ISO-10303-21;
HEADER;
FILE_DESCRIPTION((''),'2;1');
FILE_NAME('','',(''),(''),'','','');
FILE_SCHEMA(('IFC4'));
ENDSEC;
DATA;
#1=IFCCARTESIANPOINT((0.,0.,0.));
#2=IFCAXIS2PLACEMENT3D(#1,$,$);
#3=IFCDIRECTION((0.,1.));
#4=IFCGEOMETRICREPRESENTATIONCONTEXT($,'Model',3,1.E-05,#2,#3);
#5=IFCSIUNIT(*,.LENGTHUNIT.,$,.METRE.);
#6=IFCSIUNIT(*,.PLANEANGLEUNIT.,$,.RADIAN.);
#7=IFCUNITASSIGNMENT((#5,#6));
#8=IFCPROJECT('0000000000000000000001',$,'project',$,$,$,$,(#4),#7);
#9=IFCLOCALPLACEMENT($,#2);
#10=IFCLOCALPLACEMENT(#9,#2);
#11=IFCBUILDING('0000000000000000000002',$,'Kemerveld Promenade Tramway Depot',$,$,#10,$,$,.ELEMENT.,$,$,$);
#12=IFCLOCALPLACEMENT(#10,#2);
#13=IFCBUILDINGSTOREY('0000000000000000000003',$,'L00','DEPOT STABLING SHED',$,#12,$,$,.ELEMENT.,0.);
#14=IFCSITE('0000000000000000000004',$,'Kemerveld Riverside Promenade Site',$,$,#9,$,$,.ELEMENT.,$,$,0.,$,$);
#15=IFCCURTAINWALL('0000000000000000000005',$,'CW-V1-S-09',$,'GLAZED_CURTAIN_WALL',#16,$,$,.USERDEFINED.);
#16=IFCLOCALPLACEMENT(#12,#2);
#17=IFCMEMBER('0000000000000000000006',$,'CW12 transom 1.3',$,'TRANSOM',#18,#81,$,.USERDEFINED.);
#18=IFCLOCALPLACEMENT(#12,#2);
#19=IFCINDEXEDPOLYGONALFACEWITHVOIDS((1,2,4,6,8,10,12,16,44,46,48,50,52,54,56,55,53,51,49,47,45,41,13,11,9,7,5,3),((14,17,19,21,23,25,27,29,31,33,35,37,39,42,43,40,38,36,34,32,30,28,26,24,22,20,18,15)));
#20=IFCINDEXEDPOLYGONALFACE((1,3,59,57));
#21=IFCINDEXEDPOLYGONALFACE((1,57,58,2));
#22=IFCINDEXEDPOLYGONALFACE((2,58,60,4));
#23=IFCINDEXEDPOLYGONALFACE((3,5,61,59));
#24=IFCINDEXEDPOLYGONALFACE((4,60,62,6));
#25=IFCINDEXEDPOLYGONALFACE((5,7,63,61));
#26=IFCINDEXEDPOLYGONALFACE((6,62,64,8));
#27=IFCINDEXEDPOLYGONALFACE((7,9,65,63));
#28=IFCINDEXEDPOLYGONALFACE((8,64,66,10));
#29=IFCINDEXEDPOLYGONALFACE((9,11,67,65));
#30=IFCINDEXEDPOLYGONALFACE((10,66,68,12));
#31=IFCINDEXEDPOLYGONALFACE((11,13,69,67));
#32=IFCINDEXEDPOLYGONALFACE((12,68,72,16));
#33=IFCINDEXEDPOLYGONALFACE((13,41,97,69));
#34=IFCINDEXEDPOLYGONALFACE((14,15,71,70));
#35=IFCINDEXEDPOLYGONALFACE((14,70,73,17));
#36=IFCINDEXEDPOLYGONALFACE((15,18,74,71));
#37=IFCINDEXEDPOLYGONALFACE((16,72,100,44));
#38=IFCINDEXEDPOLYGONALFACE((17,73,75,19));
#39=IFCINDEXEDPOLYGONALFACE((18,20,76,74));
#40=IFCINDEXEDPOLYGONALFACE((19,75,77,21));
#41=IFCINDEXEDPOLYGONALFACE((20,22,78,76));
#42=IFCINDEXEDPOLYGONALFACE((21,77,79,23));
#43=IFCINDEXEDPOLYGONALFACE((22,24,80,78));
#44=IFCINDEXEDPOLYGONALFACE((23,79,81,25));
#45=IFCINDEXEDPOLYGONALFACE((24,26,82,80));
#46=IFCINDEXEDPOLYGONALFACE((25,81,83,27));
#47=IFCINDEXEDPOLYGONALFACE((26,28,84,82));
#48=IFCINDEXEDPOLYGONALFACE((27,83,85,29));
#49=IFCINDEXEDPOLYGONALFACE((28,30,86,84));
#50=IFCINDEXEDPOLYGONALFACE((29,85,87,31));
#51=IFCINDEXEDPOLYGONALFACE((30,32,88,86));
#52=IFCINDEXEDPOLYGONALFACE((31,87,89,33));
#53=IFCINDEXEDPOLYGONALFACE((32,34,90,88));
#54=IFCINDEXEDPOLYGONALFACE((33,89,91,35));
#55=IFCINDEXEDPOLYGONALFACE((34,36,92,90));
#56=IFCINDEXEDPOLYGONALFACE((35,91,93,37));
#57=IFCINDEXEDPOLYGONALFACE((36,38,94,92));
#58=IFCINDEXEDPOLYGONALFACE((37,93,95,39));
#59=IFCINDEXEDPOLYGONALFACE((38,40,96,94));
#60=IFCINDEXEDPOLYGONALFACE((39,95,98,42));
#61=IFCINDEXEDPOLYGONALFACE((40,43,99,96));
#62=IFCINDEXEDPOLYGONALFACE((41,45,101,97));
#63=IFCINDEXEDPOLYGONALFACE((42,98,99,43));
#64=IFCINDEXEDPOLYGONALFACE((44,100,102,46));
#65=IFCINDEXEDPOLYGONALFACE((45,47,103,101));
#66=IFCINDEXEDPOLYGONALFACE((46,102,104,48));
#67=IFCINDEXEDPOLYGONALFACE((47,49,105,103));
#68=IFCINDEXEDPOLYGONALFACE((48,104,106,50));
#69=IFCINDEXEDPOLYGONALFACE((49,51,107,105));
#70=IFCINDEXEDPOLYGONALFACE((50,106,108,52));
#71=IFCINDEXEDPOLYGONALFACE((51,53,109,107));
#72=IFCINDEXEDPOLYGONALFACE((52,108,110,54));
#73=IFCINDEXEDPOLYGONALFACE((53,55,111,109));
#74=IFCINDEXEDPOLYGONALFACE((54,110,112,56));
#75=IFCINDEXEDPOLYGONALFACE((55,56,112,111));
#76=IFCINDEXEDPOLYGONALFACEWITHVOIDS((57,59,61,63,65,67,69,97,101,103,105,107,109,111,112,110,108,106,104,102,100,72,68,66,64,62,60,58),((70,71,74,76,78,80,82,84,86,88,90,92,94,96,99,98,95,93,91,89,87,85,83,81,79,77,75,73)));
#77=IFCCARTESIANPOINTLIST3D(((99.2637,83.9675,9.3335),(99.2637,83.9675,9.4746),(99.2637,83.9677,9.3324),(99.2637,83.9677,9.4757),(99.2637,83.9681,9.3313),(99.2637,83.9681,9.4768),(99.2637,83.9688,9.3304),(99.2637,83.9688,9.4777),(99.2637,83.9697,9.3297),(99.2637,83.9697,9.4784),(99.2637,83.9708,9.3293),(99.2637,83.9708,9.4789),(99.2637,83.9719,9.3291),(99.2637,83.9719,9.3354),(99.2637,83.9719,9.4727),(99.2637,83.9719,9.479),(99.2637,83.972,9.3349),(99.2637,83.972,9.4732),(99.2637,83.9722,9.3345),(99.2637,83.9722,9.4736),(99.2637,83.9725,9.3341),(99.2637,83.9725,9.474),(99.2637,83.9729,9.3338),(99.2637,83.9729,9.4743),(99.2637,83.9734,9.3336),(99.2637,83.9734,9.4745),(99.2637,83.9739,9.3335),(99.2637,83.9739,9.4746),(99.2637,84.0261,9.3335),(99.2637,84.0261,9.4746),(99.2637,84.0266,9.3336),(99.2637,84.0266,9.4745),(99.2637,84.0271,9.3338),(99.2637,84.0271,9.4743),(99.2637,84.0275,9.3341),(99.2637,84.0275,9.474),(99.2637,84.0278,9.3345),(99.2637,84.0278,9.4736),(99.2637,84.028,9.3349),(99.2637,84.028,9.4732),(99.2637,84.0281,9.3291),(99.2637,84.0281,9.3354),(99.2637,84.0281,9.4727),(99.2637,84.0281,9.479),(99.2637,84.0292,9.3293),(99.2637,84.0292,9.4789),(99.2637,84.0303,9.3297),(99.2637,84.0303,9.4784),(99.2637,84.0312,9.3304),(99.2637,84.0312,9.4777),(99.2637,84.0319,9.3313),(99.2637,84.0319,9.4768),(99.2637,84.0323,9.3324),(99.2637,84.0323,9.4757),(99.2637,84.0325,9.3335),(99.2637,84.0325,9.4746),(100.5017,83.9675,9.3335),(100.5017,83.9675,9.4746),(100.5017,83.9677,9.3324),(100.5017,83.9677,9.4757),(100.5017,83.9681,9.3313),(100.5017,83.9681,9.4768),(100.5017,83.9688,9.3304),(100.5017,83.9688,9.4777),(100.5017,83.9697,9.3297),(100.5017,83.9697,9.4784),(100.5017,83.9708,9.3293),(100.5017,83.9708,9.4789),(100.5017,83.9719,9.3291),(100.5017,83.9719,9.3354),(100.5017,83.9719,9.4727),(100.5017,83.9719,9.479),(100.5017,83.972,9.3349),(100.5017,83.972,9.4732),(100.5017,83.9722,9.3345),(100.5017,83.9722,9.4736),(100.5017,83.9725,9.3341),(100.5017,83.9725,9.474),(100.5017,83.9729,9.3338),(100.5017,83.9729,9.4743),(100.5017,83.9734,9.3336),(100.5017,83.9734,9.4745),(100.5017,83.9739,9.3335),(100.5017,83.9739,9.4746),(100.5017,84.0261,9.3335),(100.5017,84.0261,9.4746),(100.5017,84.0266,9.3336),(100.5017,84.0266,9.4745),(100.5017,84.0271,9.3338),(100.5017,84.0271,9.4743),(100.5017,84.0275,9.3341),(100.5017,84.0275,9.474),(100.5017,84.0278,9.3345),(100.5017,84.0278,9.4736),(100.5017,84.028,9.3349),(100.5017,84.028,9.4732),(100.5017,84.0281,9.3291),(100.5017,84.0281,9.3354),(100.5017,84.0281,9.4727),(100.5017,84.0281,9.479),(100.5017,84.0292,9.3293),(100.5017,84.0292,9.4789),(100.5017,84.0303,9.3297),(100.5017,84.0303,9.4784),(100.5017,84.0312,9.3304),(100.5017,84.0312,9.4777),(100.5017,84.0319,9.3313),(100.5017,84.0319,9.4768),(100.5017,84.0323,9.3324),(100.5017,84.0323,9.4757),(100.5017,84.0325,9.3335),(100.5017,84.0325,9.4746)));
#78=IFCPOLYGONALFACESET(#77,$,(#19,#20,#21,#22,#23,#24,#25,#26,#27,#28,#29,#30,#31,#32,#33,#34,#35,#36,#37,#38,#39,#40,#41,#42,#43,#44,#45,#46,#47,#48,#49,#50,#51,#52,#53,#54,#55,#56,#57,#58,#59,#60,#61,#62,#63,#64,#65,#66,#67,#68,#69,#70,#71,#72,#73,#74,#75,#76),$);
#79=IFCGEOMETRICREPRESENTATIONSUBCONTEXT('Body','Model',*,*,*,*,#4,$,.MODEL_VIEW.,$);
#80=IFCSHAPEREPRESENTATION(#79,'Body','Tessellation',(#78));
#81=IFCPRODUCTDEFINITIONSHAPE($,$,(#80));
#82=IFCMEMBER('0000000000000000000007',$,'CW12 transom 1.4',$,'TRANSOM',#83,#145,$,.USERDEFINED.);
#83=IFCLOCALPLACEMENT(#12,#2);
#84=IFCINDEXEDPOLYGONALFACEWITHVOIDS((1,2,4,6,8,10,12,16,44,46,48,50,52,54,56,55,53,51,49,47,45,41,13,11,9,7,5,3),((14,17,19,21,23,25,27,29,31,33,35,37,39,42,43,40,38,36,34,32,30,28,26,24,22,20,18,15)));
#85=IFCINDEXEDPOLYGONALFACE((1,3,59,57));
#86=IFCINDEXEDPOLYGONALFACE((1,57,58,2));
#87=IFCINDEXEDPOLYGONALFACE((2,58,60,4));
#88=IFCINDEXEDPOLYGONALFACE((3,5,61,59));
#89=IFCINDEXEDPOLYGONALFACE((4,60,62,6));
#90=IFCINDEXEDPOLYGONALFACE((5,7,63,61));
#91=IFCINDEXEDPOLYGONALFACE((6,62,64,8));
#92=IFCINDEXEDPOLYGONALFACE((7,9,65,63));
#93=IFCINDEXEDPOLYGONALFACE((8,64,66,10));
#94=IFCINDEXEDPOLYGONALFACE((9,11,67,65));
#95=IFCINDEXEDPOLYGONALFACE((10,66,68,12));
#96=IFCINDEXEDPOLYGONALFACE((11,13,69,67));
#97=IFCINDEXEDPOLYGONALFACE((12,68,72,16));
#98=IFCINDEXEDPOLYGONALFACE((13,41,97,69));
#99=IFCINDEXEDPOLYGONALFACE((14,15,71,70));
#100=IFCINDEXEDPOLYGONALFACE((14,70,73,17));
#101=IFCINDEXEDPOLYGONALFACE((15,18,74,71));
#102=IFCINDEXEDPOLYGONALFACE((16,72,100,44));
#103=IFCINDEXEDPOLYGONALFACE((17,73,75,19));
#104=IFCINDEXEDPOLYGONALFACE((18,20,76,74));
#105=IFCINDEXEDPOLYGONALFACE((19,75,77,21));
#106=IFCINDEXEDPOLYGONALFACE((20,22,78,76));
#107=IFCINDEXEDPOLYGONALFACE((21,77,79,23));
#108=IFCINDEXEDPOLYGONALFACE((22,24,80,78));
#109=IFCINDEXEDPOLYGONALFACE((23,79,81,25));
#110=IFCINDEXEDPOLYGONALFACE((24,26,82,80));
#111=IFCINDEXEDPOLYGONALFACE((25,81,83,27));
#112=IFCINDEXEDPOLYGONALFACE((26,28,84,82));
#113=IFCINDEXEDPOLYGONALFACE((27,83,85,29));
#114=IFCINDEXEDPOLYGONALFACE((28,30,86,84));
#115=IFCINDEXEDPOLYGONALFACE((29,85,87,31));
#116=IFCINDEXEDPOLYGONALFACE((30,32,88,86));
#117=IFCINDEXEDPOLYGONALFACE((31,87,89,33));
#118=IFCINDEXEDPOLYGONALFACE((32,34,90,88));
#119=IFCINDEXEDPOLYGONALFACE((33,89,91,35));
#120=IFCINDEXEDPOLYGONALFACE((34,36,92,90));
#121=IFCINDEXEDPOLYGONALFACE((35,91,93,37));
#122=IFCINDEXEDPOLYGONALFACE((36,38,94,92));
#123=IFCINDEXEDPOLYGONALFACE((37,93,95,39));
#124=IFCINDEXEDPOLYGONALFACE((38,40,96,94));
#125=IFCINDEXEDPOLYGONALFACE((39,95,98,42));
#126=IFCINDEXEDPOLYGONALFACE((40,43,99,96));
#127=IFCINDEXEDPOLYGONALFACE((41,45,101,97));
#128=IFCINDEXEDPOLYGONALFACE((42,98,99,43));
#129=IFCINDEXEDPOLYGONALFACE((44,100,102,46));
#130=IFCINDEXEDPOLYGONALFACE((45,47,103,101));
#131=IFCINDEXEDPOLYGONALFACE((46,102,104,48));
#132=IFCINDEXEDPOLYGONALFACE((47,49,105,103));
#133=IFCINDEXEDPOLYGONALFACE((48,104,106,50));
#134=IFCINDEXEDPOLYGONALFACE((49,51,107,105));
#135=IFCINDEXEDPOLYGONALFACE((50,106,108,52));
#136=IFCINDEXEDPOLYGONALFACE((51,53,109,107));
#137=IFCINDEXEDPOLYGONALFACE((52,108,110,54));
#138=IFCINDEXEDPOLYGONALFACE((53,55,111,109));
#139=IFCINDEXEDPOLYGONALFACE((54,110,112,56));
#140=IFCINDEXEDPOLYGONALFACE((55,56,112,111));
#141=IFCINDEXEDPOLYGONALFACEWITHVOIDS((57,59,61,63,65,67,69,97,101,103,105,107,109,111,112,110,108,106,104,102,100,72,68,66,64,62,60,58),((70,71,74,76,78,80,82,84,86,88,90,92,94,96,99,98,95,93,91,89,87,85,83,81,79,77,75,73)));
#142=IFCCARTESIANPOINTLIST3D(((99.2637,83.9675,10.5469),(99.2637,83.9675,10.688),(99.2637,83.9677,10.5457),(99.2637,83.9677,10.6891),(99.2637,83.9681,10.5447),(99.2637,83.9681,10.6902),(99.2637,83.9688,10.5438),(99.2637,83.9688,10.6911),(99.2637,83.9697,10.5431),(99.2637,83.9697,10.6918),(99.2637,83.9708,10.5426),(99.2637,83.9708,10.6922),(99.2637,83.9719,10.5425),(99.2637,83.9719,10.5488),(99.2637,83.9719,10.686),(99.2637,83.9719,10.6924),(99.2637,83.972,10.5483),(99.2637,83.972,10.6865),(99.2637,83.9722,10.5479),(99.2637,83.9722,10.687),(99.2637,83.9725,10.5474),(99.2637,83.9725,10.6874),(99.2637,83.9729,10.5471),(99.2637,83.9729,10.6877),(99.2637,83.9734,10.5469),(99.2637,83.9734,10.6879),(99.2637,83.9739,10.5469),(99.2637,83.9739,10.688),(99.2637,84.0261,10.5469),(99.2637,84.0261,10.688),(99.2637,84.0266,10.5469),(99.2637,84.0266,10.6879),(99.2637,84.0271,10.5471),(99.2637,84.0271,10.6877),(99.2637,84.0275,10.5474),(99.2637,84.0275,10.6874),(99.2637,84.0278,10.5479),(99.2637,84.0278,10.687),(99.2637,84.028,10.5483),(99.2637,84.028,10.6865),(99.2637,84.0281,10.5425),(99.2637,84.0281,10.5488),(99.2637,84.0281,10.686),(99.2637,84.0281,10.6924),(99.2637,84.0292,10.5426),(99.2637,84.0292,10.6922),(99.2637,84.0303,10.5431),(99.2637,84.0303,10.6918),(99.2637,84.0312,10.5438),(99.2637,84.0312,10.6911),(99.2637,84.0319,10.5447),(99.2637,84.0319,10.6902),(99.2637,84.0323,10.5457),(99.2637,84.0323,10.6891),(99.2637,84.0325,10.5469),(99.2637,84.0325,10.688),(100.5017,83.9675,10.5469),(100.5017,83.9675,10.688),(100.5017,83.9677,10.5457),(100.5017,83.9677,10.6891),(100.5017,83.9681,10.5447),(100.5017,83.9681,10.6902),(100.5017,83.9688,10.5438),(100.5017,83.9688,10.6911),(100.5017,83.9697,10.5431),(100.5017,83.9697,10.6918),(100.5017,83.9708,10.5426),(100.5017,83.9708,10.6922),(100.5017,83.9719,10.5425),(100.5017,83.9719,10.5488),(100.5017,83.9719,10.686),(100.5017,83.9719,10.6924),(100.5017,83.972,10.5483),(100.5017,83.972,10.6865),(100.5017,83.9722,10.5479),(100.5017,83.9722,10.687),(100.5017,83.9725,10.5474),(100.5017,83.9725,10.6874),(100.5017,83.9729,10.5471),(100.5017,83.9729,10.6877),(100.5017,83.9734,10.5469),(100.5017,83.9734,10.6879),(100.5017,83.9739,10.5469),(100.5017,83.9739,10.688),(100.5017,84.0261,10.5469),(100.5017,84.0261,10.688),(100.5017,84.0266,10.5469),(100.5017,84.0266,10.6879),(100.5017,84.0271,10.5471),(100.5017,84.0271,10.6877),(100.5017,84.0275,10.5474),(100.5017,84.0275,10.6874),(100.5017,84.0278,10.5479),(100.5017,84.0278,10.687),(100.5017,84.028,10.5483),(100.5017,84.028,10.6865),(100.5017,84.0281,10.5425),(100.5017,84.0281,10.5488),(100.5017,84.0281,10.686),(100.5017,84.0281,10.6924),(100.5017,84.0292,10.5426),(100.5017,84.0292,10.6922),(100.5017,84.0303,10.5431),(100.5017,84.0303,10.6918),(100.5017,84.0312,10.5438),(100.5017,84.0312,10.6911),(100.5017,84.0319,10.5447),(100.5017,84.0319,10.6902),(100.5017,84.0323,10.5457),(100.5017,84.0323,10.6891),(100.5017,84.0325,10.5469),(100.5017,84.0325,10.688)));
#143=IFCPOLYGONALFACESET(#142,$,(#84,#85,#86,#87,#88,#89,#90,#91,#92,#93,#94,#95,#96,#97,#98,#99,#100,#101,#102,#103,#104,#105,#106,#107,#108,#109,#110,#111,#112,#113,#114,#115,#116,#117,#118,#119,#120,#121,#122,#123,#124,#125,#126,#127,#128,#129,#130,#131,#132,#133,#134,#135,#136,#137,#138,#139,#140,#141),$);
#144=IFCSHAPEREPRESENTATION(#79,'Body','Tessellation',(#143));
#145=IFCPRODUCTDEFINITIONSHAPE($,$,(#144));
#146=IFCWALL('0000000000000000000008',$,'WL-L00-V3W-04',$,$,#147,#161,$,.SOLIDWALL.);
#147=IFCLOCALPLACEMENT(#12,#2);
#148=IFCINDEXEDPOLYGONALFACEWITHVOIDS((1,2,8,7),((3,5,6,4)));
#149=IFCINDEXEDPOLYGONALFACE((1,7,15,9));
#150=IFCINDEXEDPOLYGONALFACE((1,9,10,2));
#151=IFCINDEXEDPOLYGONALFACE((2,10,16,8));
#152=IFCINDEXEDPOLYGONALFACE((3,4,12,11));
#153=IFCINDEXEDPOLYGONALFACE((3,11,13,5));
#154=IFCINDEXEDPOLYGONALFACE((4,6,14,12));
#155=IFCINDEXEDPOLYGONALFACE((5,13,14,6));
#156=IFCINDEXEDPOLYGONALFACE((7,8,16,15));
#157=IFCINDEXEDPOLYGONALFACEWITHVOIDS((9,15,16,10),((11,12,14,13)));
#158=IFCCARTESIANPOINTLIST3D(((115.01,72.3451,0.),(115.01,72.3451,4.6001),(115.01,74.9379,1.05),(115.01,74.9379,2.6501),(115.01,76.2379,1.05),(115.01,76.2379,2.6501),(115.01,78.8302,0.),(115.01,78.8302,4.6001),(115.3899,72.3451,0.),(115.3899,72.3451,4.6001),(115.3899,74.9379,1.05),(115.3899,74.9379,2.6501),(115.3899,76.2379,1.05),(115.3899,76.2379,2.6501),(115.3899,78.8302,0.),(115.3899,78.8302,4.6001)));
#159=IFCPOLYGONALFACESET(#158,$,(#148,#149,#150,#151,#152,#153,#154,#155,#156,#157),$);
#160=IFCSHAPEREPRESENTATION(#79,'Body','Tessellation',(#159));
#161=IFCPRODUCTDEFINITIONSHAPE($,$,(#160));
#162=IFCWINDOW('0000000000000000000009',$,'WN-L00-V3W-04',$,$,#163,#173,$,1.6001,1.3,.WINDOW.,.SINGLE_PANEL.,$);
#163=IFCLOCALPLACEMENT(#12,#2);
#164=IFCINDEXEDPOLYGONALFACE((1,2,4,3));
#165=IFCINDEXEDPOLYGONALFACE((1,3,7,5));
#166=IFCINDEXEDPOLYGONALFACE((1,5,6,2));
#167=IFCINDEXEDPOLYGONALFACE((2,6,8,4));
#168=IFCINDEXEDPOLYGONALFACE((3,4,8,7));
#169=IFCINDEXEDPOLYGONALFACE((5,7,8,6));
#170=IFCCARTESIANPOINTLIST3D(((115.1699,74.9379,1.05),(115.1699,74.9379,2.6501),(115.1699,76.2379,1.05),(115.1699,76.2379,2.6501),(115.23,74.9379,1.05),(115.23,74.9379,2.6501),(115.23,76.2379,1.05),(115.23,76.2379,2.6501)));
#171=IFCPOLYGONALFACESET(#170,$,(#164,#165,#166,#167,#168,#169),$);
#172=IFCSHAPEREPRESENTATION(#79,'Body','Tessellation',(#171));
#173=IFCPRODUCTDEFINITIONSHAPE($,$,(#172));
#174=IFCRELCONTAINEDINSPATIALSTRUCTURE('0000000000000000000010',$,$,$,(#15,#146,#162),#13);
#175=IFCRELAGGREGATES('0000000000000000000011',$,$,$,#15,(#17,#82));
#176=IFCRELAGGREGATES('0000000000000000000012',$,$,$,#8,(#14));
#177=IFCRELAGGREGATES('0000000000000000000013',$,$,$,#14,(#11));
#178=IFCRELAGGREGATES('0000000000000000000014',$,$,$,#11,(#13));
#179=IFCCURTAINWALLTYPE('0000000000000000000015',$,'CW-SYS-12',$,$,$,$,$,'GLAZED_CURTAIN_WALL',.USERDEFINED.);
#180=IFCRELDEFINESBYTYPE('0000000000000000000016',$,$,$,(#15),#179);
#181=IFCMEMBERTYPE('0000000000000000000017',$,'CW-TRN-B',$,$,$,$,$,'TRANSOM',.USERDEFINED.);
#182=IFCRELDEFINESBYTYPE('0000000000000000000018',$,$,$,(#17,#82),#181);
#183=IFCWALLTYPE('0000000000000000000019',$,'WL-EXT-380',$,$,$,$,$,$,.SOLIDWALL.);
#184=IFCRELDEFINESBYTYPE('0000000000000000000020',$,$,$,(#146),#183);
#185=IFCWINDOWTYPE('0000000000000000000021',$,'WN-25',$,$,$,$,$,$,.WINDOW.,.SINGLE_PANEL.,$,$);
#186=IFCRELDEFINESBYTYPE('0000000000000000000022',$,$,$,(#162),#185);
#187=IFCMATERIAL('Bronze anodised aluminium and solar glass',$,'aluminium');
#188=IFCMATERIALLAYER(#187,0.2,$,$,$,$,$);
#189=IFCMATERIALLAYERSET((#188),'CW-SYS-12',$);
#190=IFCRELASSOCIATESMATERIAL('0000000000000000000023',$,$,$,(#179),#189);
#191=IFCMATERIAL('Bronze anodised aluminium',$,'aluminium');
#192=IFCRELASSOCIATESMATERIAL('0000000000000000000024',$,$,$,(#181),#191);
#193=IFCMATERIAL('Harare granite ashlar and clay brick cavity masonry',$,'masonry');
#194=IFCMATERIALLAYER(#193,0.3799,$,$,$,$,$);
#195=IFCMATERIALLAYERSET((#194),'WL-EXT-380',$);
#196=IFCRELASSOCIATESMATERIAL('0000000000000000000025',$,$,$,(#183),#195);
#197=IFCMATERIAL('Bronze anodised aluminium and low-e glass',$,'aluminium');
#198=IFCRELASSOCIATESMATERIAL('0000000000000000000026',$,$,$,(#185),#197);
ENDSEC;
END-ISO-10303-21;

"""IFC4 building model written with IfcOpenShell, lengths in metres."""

from ifc_helpers import new_model, si_unit, direction, frame, frame_2d, origin, origin_2d, place, context, subcontext, project, spatial, rectangle, hollow_rectangle, extrude, material, layer, layer_set, material_profile, profile_set, type_object, element, fill, aggregate, save


model = new_model("IFC4")

# Units and contexts
model_context = context("Model", 3, precision=1e-05, world=origin(), true_north=direction((0.0, 1.0)))
body_context = subcontext(model_context, "Body", "Model", "MODEL_VIEW")
ifc_project = project(units=[si_unit("LENGTHUNIT", "METRE"), si_unit("PLANEANGLEUNIT", "RADIAN")], contexts=[model_context])

# Site, building, storey
site_placement = place(None, origin())
site = spatial("IfcSite", under=ifc_project, at=site_placement, Name="Kemerveld Riverside Promenade Site", CompositionType="ELEMENT", RefElevation=0.0)
building_placement = place(site_placement, origin())
building = spatial("IfcBuilding", under=site, at=building_placement, Name="Kemerveld Promenade Tramway Depot", CompositionType="ELEMENT")
storey_placement = place(building_placement, origin())
storey = spatial("IfcBuildingStorey", under=building, at=storey_placement, Name="L00", Description="DEPOT STABLING SHED", CompositionType="ELEMENT", Elevation=0.0)

# Curtain wall, members
ifc_material_1 = material(Name="Bronze anodised aluminium and solar glass", Category="aluminium")
ifc_layer_1 = layer(ifc_material_1, 0.2)
ifc_layer_set_1 = layer_set([ifc_layer_1], Name="CW-SYS-12")
curtain_wall_type = type_object("IfcCurtainWallType", Name="CW-SYS-12", ElementType="GLAZED_CURTAIN_WALL", PredefinedType="USERDEFINED", material=ifc_layer_set_1)
curtain_wall_placement = place(storey_placement, origin())
curtain_wall = element("IfcCurtainWall", 1, at=curtain_wall_placement, inside=storey, type_object=curtain_wall_type, Name="CW-V1-S-09", ObjectType="GLAZED_CURTAIN_WALL", PredefinedType="USERDEFINED")
ifc_material_2 = material(Name="Bronze anodised aluminium", Category="aluminium")
ifc_material_profile_1 = material_profile(ifc_material_2, hollow_rectangle(XDim=0.0649, YDim=0.1499, WallThickness=0.0044, InnerFilletRadius=0.002, OuterFilletRadius=0.0044, at=origin_2d()), Name="CW-TRN-150x65")
ifc_profile_set_1 = profile_set([ifc_material_profile_1], Name="Bronze anodised aluminium")
member_type = type_object("IfcMemberType", Name="CW-TRN-B", ElementType="TRANSOM", PredefinedType="USERDEFINED", material=ifc_profile_set_1)
member_1_placement = place(storey_placement, frame((100.5017, 84.0, 9.4041), z_axis=(-1.0, 0.0, 0.0), x_axis=(0.0, -1.0, 0.0)))
member_1 = element("IfcMember", 2, at=member_1_placement, type_object=member_type, Name="CW12 transom 1.3", ObjectType="TRANSOM", PredefinedType="USERDEFINED", context=body_context, shape_type="SweptSolid", body=[
    extrude(hollow_rectangle(XDim=0.0649, YDim=0.1499, WallThickness=0.0044, InnerFilletRadius=0.002, OuterFilletRadius=0.0044, at=origin_2d()), origin(), (0.0, 0.0, 1.0), 1.238),
])
member_2_placement = place(storey_placement, frame((100.5017, 84.0, 10.6174), z_axis=(-1.0, 0.0, 0.0), x_axis=(0.0, -1.0, 0.0)))
member_2 = element("IfcMember", 3, at=member_2_placement, type_object=member_type, Name="CW12 transom 1.4", ObjectType="TRANSOM", PredefinedType="USERDEFINED", context=body_context, shape_type="SweptSolid", body=[
    extrude(hollow_rectangle(XDim=0.0649, YDim=0.1499, WallThickness=0.0044, InnerFilletRadius=0.002, OuterFilletRadius=0.0044, at=origin_2d()), origin(), (0.0, 0.0, 1.0), 1.238),
])
aggregate(curtain_wall, [member_1, member_2])

# Shared definitions
ifc_material_3 = material(Name="Harare granite ashlar and clay brick cavity masonry", Category="masonry")
ifc_layer_2 = layer(ifc_material_3, 0.3799)
ifc_layer_set_2 = layer_set([ifc_layer_2], Name="WL-EXT-380")
wall_type = type_object("IfcWallType", Name="WL-EXT-380", PredefinedType="SOLIDWALL", material=ifc_layer_set_2)

# Wall, opening, window
wall_1_placement = place(storey_placement, frame((115.2, 72.345, 0.0), z_axis=(0.0, 0.0, 1.0), x_axis=(0.0, 1.0, 0.0)))
wall_1 = element("IfcWall", 4, at=wall_1_placement, inside=storey, type_object=wall_type, Name="WL-L00-V3W-04", PredefinedType="SOLIDWALL", context=body_context, shape_type="SweptSolid", body=[
    extrude(rectangle(XDim=6.4851, YDim=0.3799, at=frame_2d((3.2427, 0.0))), origin(), (0.0, 0.0, 1.0), 4.6001),
])
opening_1_placement = place(wall_1_placement, frame((2.593, 0.0, 1.05)))
opening_1 = element("IfcOpeningElement", 5, at=opening_1_placement, cuts=wall_1, PredefinedType="OPENING", context=body_context, shape_type="SweptSolid", body=[
    extrude(rectangle(XDim=1.3, YDim=1.6001, at=frame_2d((0.6499, 0.8))), frame((0.0, 0.2, 0.0), z_axis=(0.0, -1.0, 0.0), x_axis=(1.0, 0.0, 0.0)), (0.0, 0.0, 1.0), 0.3999),
])
ifc_material_4 = material(Name="Bronze anodised aluminium and low-e glass", Category="aluminium")
window_type = type_object("IfcWindowType", Name="WN-25", PartitioningType="SINGLE_PANEL", PredefinedType="WINDOW", material=ifc_material_4)
window_placement = place(opening_1_placement, origin())
window = element("IfcWindow", 6, at=window_placement, inside=storey, type_object=window_type, Name="WN-L00-V3W-04", OverallHeight=1.6001, OverallWidth=1.3, PartitioningType="SINGLE_PANEL", PredefinedType="WINDOW", context=body_context, shape_type="SweptSolid", body=[
    extrude(rectangle(XDim=1.3, YDim=1.6001, at=frame_2d((0.6499, 0.8))), frame((0.0, 0.03, 0.0), z_axis=(0.0, -1.0, 0.0), x_axis=(1.0, 0.0, 0.0)), (0.0, 0.0, 1.0), 0.0601),
])
fill(opening_1, window)

save(model, "model.ifc")
